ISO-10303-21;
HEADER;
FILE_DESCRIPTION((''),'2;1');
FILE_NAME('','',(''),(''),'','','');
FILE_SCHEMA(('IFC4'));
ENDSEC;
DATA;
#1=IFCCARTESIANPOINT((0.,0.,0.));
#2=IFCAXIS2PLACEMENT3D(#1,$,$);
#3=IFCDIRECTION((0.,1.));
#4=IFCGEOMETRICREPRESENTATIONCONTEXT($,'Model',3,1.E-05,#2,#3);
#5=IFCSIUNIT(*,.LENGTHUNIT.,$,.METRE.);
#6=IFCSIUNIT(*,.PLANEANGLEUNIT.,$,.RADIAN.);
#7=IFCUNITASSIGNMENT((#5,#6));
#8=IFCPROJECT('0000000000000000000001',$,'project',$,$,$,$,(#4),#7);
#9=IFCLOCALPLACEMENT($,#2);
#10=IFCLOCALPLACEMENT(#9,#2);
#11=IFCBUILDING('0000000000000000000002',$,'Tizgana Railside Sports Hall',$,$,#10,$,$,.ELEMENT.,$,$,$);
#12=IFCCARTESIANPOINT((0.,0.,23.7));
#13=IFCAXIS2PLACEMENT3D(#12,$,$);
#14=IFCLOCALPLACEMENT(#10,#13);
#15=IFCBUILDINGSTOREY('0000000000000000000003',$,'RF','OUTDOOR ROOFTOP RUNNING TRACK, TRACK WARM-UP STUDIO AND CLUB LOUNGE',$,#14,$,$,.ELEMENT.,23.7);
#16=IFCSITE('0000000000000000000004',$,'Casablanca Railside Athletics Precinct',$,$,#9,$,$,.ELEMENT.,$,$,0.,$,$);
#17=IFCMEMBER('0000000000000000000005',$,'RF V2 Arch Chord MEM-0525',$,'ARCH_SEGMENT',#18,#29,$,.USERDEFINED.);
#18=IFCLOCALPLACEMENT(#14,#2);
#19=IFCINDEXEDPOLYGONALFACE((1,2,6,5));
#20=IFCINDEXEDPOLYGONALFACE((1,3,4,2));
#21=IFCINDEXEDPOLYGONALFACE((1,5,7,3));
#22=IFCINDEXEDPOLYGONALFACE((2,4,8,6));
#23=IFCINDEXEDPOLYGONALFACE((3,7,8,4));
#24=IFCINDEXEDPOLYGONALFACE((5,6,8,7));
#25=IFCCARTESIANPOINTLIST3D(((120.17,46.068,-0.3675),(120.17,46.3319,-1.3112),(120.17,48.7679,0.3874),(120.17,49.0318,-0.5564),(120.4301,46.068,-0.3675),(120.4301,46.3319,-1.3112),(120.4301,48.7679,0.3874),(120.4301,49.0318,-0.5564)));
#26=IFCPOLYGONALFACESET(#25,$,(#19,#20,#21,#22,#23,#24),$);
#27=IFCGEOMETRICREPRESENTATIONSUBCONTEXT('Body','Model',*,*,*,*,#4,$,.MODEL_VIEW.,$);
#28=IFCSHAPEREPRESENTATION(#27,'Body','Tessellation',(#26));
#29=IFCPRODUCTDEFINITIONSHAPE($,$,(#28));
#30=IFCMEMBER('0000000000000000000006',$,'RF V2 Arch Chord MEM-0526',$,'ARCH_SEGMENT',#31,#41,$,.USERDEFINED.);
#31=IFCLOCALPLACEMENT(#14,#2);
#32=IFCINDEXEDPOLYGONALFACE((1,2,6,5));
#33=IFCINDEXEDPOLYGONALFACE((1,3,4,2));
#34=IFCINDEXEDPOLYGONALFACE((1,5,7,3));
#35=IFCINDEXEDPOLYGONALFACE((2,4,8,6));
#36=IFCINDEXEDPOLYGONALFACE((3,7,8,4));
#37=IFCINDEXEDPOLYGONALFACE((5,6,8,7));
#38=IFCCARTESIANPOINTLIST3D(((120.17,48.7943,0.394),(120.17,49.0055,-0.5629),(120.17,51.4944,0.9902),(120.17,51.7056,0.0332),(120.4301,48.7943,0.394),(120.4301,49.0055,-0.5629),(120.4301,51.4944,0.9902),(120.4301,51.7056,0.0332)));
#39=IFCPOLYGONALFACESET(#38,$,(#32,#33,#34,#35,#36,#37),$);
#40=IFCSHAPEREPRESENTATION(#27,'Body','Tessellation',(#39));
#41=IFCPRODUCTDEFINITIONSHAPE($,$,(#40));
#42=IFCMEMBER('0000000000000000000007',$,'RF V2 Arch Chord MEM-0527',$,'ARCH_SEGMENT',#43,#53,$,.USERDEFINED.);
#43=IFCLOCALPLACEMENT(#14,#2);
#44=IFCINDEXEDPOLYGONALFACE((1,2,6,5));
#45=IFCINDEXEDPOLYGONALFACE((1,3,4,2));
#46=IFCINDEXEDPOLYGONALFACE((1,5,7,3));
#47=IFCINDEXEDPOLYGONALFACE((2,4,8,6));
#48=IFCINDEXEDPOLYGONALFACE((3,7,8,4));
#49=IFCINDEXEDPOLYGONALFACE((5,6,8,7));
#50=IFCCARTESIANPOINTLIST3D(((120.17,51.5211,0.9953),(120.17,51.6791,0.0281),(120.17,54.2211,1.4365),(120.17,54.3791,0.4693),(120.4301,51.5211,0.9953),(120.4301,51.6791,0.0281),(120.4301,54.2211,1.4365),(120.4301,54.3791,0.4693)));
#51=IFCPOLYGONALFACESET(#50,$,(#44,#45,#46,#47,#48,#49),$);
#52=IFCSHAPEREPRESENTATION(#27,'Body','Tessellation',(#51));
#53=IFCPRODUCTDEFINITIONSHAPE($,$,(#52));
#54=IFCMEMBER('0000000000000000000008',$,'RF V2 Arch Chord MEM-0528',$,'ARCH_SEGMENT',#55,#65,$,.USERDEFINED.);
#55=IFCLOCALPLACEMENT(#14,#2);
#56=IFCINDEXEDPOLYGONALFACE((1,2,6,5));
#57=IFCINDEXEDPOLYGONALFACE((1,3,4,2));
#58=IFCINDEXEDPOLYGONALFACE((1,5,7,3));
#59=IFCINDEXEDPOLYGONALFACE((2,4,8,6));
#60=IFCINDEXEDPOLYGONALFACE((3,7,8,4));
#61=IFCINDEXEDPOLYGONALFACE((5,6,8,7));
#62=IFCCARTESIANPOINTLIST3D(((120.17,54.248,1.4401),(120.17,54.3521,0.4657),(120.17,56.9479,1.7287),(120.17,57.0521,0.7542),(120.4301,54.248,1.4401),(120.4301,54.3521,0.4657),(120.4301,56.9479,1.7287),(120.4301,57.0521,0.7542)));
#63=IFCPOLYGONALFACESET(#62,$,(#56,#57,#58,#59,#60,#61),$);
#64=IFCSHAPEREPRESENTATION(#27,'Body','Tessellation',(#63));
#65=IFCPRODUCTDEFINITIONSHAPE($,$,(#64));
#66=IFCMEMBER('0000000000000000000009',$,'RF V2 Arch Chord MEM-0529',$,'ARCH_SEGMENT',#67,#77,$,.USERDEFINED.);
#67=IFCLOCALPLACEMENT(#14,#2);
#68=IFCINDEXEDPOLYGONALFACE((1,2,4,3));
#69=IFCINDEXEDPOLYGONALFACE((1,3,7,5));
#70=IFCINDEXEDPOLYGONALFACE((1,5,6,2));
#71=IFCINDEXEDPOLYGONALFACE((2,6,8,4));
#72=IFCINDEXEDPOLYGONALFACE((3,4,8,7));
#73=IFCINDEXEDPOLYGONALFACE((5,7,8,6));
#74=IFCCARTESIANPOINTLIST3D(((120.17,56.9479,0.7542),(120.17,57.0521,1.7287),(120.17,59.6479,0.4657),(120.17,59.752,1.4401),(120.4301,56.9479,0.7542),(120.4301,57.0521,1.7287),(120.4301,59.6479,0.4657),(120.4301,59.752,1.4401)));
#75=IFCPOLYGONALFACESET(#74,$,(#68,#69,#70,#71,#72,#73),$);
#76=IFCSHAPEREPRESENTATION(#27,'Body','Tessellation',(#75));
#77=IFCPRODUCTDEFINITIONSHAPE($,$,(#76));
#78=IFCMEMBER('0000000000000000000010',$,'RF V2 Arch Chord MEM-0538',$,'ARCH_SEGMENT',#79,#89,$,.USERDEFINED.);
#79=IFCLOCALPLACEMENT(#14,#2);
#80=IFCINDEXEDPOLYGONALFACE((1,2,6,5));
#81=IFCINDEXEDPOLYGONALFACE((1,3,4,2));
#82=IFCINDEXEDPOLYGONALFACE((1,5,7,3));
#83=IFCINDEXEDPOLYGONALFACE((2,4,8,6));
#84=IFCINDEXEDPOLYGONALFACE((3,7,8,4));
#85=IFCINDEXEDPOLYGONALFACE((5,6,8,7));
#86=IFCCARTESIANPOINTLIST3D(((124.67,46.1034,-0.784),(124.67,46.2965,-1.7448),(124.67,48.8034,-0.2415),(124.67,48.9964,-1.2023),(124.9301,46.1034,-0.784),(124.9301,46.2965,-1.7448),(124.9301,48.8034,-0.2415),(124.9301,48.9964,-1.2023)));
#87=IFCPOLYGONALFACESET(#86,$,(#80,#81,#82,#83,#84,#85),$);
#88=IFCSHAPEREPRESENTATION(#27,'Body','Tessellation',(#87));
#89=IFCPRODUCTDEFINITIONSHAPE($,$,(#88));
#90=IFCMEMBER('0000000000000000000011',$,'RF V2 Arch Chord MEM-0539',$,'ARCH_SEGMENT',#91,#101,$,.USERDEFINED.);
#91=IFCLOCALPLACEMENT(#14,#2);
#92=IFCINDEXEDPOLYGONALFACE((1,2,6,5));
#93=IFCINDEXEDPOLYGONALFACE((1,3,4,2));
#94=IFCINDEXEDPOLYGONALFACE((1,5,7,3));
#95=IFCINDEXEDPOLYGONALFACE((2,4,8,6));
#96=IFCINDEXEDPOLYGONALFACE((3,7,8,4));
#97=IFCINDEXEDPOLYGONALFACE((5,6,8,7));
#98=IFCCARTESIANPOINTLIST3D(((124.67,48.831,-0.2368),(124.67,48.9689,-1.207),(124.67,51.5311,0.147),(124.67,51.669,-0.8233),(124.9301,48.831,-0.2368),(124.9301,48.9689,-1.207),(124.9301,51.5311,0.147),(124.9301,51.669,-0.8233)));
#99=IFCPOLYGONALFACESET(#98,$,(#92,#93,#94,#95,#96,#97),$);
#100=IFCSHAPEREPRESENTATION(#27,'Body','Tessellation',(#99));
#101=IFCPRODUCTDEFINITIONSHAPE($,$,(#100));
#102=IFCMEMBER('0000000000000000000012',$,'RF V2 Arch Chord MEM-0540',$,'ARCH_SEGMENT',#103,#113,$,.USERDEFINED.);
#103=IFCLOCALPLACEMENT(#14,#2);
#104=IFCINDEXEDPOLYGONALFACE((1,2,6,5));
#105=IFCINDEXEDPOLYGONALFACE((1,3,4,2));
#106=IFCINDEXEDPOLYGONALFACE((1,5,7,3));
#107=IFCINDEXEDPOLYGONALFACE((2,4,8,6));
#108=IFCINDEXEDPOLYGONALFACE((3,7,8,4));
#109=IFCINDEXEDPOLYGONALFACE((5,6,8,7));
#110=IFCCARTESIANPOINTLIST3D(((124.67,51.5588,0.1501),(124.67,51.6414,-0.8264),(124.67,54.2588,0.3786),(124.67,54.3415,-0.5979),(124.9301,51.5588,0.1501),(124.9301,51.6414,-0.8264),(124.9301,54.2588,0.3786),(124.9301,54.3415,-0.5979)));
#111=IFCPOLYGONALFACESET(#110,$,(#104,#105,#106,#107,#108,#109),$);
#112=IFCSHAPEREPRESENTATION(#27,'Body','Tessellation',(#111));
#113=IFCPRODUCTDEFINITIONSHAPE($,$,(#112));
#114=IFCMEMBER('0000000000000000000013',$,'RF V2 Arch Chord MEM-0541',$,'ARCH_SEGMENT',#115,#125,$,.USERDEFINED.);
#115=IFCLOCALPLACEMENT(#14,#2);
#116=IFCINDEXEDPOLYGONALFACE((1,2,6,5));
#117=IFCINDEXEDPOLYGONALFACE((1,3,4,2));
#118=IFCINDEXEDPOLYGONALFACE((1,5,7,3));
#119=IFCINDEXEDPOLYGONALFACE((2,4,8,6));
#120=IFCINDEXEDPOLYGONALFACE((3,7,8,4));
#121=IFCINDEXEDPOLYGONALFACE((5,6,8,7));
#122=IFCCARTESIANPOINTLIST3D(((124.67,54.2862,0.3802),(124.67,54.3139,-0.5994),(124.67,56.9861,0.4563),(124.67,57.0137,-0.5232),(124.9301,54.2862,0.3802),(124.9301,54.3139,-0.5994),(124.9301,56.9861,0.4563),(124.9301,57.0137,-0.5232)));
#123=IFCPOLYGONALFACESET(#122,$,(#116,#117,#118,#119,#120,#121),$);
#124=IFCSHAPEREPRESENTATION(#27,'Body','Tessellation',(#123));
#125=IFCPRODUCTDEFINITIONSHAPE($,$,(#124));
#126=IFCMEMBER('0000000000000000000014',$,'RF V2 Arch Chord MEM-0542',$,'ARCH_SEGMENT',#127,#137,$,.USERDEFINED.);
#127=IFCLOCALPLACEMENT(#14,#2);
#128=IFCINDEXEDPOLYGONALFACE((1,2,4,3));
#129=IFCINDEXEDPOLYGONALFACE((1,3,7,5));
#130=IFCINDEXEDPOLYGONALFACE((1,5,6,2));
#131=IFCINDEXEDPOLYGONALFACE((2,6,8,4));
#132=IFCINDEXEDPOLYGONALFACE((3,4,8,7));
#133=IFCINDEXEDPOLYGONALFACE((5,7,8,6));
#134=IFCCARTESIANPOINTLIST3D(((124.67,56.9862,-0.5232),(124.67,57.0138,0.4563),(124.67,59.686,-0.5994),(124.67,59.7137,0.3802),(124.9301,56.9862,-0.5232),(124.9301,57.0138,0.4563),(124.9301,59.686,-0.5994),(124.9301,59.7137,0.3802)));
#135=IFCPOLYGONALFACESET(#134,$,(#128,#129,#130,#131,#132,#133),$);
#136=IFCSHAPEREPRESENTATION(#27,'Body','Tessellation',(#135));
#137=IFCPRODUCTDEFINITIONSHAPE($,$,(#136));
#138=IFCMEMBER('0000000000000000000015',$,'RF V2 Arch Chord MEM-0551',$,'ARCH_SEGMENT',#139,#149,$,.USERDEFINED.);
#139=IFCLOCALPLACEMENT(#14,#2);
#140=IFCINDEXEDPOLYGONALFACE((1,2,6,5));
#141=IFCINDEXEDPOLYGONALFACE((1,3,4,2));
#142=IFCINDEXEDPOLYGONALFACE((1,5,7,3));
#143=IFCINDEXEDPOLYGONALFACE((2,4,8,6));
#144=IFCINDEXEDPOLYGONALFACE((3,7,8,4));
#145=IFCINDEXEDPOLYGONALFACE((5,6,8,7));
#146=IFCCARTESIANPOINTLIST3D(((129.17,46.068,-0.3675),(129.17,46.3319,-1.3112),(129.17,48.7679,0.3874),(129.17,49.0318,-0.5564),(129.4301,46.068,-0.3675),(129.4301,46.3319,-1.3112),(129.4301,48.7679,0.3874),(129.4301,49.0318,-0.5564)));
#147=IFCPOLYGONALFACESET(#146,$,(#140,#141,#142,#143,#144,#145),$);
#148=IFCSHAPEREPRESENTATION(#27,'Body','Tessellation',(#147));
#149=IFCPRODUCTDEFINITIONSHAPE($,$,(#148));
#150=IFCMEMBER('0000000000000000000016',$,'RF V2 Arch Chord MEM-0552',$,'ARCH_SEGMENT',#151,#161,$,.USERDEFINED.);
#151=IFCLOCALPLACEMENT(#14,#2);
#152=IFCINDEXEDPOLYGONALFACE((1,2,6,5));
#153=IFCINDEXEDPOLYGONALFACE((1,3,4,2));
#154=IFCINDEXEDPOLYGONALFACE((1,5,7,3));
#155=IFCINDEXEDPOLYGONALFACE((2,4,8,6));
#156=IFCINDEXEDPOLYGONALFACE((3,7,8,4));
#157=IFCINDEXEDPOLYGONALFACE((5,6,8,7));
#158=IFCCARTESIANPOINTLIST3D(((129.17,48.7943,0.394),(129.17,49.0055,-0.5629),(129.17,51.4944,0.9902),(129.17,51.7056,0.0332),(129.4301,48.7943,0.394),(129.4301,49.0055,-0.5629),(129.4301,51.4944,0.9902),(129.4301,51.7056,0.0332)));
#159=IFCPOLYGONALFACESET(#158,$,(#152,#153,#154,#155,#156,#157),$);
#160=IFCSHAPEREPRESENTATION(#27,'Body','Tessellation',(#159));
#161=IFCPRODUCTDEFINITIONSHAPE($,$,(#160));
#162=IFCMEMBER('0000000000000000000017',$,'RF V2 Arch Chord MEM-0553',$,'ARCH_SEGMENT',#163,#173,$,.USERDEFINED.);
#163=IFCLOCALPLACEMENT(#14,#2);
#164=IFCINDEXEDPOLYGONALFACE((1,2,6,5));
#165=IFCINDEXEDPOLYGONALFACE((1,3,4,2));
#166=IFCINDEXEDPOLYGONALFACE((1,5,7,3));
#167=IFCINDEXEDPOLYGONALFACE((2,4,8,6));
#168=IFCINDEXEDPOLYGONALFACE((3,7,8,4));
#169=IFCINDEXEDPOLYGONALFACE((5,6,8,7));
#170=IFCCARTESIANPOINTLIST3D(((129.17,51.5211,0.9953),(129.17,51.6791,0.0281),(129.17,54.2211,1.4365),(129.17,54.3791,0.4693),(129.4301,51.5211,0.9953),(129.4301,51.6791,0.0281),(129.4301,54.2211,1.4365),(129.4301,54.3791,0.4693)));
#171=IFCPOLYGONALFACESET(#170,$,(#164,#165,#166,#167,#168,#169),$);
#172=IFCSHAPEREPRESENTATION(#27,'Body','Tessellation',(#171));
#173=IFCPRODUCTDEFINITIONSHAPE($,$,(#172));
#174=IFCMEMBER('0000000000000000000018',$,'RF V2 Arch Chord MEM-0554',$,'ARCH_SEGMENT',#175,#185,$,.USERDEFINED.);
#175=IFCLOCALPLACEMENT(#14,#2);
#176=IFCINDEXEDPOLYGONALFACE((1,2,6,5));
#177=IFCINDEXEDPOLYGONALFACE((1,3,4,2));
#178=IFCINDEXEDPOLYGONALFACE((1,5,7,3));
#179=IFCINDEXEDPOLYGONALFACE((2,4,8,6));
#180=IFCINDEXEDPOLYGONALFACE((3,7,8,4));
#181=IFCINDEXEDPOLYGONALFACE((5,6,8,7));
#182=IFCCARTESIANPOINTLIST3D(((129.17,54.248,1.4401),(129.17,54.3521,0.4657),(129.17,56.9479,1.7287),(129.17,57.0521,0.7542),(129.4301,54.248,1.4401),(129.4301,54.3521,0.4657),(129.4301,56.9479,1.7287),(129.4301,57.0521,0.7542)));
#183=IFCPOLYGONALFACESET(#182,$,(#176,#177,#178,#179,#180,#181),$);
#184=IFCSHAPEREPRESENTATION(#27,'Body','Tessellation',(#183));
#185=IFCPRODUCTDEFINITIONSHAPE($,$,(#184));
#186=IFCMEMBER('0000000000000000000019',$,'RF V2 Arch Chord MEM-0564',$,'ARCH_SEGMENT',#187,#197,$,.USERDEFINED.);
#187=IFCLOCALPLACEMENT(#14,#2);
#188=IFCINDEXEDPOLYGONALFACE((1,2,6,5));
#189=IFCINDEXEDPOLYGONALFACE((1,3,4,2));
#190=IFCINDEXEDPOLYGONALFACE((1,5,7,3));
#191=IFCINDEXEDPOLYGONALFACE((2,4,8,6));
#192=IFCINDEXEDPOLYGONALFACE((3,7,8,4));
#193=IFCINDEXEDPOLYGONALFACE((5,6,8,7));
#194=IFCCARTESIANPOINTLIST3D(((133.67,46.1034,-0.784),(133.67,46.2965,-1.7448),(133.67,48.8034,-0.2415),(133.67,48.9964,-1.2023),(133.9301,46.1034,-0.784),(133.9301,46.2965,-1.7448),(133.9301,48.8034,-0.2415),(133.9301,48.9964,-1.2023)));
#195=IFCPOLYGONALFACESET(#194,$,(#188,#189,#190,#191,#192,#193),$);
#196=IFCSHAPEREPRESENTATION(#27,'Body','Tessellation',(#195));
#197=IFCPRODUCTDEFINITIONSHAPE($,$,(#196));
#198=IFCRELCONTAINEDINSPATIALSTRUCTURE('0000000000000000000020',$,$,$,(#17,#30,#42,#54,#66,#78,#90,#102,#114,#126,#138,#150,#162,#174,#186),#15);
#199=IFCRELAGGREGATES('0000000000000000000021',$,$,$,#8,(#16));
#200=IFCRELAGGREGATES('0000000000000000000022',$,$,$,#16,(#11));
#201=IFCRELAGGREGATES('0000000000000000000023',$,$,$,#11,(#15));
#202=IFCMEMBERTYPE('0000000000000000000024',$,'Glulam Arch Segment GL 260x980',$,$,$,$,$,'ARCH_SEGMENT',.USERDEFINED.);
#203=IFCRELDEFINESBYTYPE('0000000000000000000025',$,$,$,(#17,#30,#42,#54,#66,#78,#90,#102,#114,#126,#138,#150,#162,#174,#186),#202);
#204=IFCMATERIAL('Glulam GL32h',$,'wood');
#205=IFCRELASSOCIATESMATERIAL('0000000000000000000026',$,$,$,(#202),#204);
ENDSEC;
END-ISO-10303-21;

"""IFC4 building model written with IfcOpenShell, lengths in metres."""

from ifc_helpers import new_model, si_unit, direction, frame, origin, origin_2d, place, context, subcontext, project, spatial, rectangle, extrude, material, material_profile, profile_set, type_object, element, save


model = new_model("IFC4")

# Units and contexts
model_context = context("Model", 3, precision=1e-05, world=origin(), true_north=direction((0.0, 1.0)))
body_context = subcontext(model_context, "Body", "Model", "MODEL_VIEW")
ifc_project = project(units=[si_unit("LENGTHUNIT", "METRE"), si_unit("PLANEANGLEUNIT", "RADIAN")], contexts=[model_context])

# Site, building, storey
site_placement = place(None, origin())
site = spatial("IfcSite", under=ifc_project, at=site_placement, Name="Casablanca Railside Athletics Precinct", CompositionType="ELEMENT", RefElevation=0.0)
building_placement = place(site_placement, origin())
building = spatial("IfcBuilding", under=site, at=building_placement, Name="Tizgana Railside Sports Hall", CompositionType="ELEMENT")
storey_placement = place(building_placement, frame((0.0, 0.0, 23.7)))
storey = spatial("IfcBuildingStorey", under=building, at=storey_placement, Name="RF", Description="OUTDOOR ROOFTOP RUNNING TRACK, TRACK WARM-UP STUDIO AND CLUB LOUNGE", CompositionType="ELEMENT", Elevation=23.7)

# Members
ifc_material_1 = material(Name="Glulam GL32h", Category="wood")
ifc_material_profile_1 = material_profile(ifc_material_1, rectangle(XDim=0.26, YDim=0.98, at=origin_2d()), Name="GL 260x980")
ifc_profile_set_1 = profile_set([ifc_material_profile_1], Name="Glulam GL32h")
member_type_1 = type_object("IfcMemberType", Name="Glulam Arch Segment GL 260x980", ElementType="ARCH_SEGMENT", PredefinedType="USERDEFINED", material=ifc_profile_set_1)
member_1_placement = place(storey_placement, frame((120.3, 46.2, -0.8394), z_axis=(0.0, 0.963066, 0.269265), x_axis=(-1.0, 0.0, 0.0)))
element("IfcMember", 1, at=member_1_placement, inside=storey, type_object=member_type_1, Name="RF V2 Arch Chord MEM-0525", ObjectType="ARCH_SEGMENT", PredefinedType="USERDEFINED", context=body_context, shape_type="SweptSolid", body=[
    extrude(rectangle(XDim=0.26, YDim=0.98, at=origin_2d()), origin(), (0.0, 0.0, 1.0), 2.8035),
])
member_2_placement = place(storey_placement, frame((120.3, 48.8999, -0.0845), z_axis=(0.0, 0.976481, 0.215603), x_axis=(-1.0, 0.0, 0.0)))
element("IfcMember", 2, at=member_2_placement, inside=storey, type_object=member_type_1, Name="RF V2 Arch Chord MEM-0526", ObjectType="ARCH_SEGMENT", PredefinedType="USERDEFINED", context=body_context, shape_type="SweptSolid", body=[
    extrude(rectangle(XDim=0.26, YDim=0.98, at=origin_2d()), origin(), (0.0, 0.0, 1.0), 2.7651),
])
member_3_placement = place(storey_placement, frame((120.3, 51.6001, 0.5117), z_axis=(0.0, 0.986912, 0.161258), x_axis=(-1.0, 0.0, 0.0)))
element("IfcMember", 3, at=member_3_placement, inside=storey, type_object=member_type_1, Name="RF V2 Arch Chord MEM-0527", ObjectType="ARCH_SEGMENT", PredefinedType="USERDEFINED", context=body_context, shape_type="SweptSolid", body=[
    extrude(rectangle(XDim=0.26, YDim=0.98, at=origin_2d()), origin(), (0.0, 0.0, 1.0), 2.7358),
])
for number, where, z_axis, x_axis, name in (
    (4, (120.3, 54.3, 0.9529), (0.0, 0.994337, 0.106276), (-1.0, 0.0, 0.0), "RF V2 Arch Chord MEM-0528"),
    (5, (120.3, 57.0, 1.2415), (0.0, 0.994337, -0.106276), (-1.0, 0.0, 0.0), "RF V2 Arch Chord MEM-0529"),
):
    element("IfcMember", number, at=place(storey_placement, frame(where, z_axis=z_axis, x_axis=x_axis)), inside=storey, type_object=member_type_1, Name=name, ObjectType="ARCH_SEGMENT", PredefinedType="USERDEFINED", context=body_context, shape_type="SweptSolid", body=[
        extrude(rectangle(XDim=0.26, YDim=0.98, at=origin_2d()), origin(), (0.0, 0.0, 1.0), 2.7153),
    ])
member_4_placement = place(storey_placement, frame((124.8, 46.2, -1.2644), z_axis=(0.0, 0.980406, 0.196986), x_axis=(-1.0, 0.0, 0.0)))
element("IfcMember", 6, at=member_4_placement, inside=storey, type_object=member_type_1, Name="RF V2 Arch Chord MEM-0538", ObjectType="ARCH_SEGMENT", PredefinedType="USERDEFINED", context=body_context, shape_type="SweptSolid", body=[
    extrude(rectangle(XDim=0.26, YDim=0.98, at=origin_2d()), origin(), (0.0, 0.0, 1.0), 2.7539),
])
member_5_placement = place(storey_placement, frame((124.8, 48.8999, -0.7219), z_axis=(0.0, 0.99005, 0.14072), x_axis=(-1.0, 0.0, 0.0)))
element("IfcMember", 7, at=member_5_placement, inside=storey, type_object=member_type_1, Name="RF V2 Arch Chord MEM-0539", ObjectType="ARCH_SEGMENT", PredefinedType="USERDEFINED", context=body_context, shape_type="SweptSolid", body=[
    extrude(rectangle(XDim=0.26, YDim=0.98, at=origin_2d()), origin(), (0.0, 0.0, 1.0), 2.7273),
])
member_6_placement = place(storey_placement, frame((124.8, 51.6001, -0.3381), z_axis=(0.0, 0.996437, 0.084335), x_axis=(-1.0, 0.0, 0.0)))
element("IfcMember", 8, at=member_6_placement, inside=storey, type_object=member_type_1, Name="RF V2 Arch Chord MEM-0540", ObjectType="ARCH_SEGMENT", PredefinedType="USERDEFINED", context=body_context, shape_type="SweptSolid", body=[
    extrude(rectangle(XDim=0.26, YDim=0.98, at=origin_2d()), origin(), (0.0, 0.0, 1.0), 2.7097),
])
for number, where, z_axis, x_axis, name in (
    (9, (124.8, 54.3, -0.1096), (0.0, 0.999602, 0.028201), (-1.0, 0.0, 0.0), "RF V2 Arch Chord MEM-0541"),
    (10, (124.8, 57.0, -0.0334), (0.0, 0.999602, -0.028201), (-1.0, 0.0, 0.0), "RF V2 Arch Chord MEM-0542"),
):
    element("IfcMember", number, at=place(storey_placement, frame(where, z_axis=z_axis, x_axis=x_axis)), inside=storey, type_object=member_type_1, Name=name, ObjectType="ARCH_SEGMENT", PredefinedType="USERDEFINED", context=body_context, shape_type="SweptSolid", body=[
        extrude(rectangle(XDim=0.26, YDim=0.98, at=origin_2d()), origin(), (0.0, 0.0, 1.0), 2.7009),
    ])
member_7_placement = place(storey_placement, frame((129.3, 46.2, -0.8394), z_axis=(0.0, 0.963066, 0.269265), x_axis=(-1.0, 0.0, 0.0)))
element("IfcMember", 11, at=member_7_placement, inside=storey, type_object=member_type_1, Name="RF V2 Arch Chord MEM-0551", ObjectType="ARCH_SEGMENT", PredefinedType="USERDEFINED", context=body_context, shape_type="SweptSolid", body=[
    extrude(rectangle(XDim=0.26, YDim=0.98, at=origin_2d()), origin(), (0.0, 0.0, 1.0), 2.8035),
])
member_8_placement = place(storey_placement, frame((129.3, 48.8999, -0.0845), z_axis=(0.0, 0.976481, 0.215603), x_axis=(-1.0, 0.0, 0.0)))
element("IfcMember", 12, at=member_8_placement, inside=storey, type_object=member_type_1, Name="RF V2 Arch Chord MEM-0552", ObjectType="ARCH_SEGMENT", PredefinedType="USERDEFINED", context=body_context, shape_type="SweptSolid", body=[
    extrude(rectangle(XDim=0.26, YDim=0.98, at=origin_2d()), origin(), (0.0, 0.0, 1.0), 2.7651),
])
member_9_placement = place(storey_placement, frame((129.3, 51.6001, 0.5117), z_axis=(0.0, 0.986912, 0.161258), x_axis=(-1.0, 0.0, 0.0)))
element("IfcMember", 13, at=member_9_placement, inside=storey, type_object=member_type_1, Name="RF V2 Arch Chord MEM-0553", ObjectType="ARCH_SEGMENT", PredefinedType="USERDEFINED", context=body_context, shape_type="SweptSolid", body=[
    extrude(rectangle(XDim=0.26, YDim=0.98, at=origin_2d()), origin(), (0.0, 0.0, 1.0), 2.7358),
])
member_10_placement = place(storey_placement, frame((129.3, 54.3, 0.9529), z_axis=(0.0, 0.994337, 0.106276), x_axis=(-1.0, 0.0, 0.0)))
element("IfcMember", 14, at=member_10_placement, inside=storey, type_object=member_type_1, Name="RF V2 Arch Chord MEM-0554", ObjectType="ARCH_SEGMENT", PredefinedType="USERDEFINED", context=body_context, shape_type="SweptSolid", body=[
    extrude(rectangle(XDim=0.26, YDim=0.98, at=origin_2d()), origin(), (0.0, 0.0, 1.0), 2.7153),
])
member_11_placement = place(storey_placement, frame((133.8, 46.2, -1.2644), z_axis=(0.0, 0.980406, 0.196986), x_axis=(-1.0, 0.0, 0.0)))
element("IfcMember", 15, at=member_11_placement, inside=storey, type_object=member_type_1, Name="RF V2 Arch Chord MEM-0564", ObjectType="ARCH_SEGMENT", PredefinedType="USERDEFINED", context=body_context, shape_type="SweptSolid", body=[
    extrude(rectangle(XDim=0.26, YDim=0.98, at=origin_2d()), origin(), (0.0, 0.0, 1.0), 2.7539),
])

save(model, "model.ifc")
